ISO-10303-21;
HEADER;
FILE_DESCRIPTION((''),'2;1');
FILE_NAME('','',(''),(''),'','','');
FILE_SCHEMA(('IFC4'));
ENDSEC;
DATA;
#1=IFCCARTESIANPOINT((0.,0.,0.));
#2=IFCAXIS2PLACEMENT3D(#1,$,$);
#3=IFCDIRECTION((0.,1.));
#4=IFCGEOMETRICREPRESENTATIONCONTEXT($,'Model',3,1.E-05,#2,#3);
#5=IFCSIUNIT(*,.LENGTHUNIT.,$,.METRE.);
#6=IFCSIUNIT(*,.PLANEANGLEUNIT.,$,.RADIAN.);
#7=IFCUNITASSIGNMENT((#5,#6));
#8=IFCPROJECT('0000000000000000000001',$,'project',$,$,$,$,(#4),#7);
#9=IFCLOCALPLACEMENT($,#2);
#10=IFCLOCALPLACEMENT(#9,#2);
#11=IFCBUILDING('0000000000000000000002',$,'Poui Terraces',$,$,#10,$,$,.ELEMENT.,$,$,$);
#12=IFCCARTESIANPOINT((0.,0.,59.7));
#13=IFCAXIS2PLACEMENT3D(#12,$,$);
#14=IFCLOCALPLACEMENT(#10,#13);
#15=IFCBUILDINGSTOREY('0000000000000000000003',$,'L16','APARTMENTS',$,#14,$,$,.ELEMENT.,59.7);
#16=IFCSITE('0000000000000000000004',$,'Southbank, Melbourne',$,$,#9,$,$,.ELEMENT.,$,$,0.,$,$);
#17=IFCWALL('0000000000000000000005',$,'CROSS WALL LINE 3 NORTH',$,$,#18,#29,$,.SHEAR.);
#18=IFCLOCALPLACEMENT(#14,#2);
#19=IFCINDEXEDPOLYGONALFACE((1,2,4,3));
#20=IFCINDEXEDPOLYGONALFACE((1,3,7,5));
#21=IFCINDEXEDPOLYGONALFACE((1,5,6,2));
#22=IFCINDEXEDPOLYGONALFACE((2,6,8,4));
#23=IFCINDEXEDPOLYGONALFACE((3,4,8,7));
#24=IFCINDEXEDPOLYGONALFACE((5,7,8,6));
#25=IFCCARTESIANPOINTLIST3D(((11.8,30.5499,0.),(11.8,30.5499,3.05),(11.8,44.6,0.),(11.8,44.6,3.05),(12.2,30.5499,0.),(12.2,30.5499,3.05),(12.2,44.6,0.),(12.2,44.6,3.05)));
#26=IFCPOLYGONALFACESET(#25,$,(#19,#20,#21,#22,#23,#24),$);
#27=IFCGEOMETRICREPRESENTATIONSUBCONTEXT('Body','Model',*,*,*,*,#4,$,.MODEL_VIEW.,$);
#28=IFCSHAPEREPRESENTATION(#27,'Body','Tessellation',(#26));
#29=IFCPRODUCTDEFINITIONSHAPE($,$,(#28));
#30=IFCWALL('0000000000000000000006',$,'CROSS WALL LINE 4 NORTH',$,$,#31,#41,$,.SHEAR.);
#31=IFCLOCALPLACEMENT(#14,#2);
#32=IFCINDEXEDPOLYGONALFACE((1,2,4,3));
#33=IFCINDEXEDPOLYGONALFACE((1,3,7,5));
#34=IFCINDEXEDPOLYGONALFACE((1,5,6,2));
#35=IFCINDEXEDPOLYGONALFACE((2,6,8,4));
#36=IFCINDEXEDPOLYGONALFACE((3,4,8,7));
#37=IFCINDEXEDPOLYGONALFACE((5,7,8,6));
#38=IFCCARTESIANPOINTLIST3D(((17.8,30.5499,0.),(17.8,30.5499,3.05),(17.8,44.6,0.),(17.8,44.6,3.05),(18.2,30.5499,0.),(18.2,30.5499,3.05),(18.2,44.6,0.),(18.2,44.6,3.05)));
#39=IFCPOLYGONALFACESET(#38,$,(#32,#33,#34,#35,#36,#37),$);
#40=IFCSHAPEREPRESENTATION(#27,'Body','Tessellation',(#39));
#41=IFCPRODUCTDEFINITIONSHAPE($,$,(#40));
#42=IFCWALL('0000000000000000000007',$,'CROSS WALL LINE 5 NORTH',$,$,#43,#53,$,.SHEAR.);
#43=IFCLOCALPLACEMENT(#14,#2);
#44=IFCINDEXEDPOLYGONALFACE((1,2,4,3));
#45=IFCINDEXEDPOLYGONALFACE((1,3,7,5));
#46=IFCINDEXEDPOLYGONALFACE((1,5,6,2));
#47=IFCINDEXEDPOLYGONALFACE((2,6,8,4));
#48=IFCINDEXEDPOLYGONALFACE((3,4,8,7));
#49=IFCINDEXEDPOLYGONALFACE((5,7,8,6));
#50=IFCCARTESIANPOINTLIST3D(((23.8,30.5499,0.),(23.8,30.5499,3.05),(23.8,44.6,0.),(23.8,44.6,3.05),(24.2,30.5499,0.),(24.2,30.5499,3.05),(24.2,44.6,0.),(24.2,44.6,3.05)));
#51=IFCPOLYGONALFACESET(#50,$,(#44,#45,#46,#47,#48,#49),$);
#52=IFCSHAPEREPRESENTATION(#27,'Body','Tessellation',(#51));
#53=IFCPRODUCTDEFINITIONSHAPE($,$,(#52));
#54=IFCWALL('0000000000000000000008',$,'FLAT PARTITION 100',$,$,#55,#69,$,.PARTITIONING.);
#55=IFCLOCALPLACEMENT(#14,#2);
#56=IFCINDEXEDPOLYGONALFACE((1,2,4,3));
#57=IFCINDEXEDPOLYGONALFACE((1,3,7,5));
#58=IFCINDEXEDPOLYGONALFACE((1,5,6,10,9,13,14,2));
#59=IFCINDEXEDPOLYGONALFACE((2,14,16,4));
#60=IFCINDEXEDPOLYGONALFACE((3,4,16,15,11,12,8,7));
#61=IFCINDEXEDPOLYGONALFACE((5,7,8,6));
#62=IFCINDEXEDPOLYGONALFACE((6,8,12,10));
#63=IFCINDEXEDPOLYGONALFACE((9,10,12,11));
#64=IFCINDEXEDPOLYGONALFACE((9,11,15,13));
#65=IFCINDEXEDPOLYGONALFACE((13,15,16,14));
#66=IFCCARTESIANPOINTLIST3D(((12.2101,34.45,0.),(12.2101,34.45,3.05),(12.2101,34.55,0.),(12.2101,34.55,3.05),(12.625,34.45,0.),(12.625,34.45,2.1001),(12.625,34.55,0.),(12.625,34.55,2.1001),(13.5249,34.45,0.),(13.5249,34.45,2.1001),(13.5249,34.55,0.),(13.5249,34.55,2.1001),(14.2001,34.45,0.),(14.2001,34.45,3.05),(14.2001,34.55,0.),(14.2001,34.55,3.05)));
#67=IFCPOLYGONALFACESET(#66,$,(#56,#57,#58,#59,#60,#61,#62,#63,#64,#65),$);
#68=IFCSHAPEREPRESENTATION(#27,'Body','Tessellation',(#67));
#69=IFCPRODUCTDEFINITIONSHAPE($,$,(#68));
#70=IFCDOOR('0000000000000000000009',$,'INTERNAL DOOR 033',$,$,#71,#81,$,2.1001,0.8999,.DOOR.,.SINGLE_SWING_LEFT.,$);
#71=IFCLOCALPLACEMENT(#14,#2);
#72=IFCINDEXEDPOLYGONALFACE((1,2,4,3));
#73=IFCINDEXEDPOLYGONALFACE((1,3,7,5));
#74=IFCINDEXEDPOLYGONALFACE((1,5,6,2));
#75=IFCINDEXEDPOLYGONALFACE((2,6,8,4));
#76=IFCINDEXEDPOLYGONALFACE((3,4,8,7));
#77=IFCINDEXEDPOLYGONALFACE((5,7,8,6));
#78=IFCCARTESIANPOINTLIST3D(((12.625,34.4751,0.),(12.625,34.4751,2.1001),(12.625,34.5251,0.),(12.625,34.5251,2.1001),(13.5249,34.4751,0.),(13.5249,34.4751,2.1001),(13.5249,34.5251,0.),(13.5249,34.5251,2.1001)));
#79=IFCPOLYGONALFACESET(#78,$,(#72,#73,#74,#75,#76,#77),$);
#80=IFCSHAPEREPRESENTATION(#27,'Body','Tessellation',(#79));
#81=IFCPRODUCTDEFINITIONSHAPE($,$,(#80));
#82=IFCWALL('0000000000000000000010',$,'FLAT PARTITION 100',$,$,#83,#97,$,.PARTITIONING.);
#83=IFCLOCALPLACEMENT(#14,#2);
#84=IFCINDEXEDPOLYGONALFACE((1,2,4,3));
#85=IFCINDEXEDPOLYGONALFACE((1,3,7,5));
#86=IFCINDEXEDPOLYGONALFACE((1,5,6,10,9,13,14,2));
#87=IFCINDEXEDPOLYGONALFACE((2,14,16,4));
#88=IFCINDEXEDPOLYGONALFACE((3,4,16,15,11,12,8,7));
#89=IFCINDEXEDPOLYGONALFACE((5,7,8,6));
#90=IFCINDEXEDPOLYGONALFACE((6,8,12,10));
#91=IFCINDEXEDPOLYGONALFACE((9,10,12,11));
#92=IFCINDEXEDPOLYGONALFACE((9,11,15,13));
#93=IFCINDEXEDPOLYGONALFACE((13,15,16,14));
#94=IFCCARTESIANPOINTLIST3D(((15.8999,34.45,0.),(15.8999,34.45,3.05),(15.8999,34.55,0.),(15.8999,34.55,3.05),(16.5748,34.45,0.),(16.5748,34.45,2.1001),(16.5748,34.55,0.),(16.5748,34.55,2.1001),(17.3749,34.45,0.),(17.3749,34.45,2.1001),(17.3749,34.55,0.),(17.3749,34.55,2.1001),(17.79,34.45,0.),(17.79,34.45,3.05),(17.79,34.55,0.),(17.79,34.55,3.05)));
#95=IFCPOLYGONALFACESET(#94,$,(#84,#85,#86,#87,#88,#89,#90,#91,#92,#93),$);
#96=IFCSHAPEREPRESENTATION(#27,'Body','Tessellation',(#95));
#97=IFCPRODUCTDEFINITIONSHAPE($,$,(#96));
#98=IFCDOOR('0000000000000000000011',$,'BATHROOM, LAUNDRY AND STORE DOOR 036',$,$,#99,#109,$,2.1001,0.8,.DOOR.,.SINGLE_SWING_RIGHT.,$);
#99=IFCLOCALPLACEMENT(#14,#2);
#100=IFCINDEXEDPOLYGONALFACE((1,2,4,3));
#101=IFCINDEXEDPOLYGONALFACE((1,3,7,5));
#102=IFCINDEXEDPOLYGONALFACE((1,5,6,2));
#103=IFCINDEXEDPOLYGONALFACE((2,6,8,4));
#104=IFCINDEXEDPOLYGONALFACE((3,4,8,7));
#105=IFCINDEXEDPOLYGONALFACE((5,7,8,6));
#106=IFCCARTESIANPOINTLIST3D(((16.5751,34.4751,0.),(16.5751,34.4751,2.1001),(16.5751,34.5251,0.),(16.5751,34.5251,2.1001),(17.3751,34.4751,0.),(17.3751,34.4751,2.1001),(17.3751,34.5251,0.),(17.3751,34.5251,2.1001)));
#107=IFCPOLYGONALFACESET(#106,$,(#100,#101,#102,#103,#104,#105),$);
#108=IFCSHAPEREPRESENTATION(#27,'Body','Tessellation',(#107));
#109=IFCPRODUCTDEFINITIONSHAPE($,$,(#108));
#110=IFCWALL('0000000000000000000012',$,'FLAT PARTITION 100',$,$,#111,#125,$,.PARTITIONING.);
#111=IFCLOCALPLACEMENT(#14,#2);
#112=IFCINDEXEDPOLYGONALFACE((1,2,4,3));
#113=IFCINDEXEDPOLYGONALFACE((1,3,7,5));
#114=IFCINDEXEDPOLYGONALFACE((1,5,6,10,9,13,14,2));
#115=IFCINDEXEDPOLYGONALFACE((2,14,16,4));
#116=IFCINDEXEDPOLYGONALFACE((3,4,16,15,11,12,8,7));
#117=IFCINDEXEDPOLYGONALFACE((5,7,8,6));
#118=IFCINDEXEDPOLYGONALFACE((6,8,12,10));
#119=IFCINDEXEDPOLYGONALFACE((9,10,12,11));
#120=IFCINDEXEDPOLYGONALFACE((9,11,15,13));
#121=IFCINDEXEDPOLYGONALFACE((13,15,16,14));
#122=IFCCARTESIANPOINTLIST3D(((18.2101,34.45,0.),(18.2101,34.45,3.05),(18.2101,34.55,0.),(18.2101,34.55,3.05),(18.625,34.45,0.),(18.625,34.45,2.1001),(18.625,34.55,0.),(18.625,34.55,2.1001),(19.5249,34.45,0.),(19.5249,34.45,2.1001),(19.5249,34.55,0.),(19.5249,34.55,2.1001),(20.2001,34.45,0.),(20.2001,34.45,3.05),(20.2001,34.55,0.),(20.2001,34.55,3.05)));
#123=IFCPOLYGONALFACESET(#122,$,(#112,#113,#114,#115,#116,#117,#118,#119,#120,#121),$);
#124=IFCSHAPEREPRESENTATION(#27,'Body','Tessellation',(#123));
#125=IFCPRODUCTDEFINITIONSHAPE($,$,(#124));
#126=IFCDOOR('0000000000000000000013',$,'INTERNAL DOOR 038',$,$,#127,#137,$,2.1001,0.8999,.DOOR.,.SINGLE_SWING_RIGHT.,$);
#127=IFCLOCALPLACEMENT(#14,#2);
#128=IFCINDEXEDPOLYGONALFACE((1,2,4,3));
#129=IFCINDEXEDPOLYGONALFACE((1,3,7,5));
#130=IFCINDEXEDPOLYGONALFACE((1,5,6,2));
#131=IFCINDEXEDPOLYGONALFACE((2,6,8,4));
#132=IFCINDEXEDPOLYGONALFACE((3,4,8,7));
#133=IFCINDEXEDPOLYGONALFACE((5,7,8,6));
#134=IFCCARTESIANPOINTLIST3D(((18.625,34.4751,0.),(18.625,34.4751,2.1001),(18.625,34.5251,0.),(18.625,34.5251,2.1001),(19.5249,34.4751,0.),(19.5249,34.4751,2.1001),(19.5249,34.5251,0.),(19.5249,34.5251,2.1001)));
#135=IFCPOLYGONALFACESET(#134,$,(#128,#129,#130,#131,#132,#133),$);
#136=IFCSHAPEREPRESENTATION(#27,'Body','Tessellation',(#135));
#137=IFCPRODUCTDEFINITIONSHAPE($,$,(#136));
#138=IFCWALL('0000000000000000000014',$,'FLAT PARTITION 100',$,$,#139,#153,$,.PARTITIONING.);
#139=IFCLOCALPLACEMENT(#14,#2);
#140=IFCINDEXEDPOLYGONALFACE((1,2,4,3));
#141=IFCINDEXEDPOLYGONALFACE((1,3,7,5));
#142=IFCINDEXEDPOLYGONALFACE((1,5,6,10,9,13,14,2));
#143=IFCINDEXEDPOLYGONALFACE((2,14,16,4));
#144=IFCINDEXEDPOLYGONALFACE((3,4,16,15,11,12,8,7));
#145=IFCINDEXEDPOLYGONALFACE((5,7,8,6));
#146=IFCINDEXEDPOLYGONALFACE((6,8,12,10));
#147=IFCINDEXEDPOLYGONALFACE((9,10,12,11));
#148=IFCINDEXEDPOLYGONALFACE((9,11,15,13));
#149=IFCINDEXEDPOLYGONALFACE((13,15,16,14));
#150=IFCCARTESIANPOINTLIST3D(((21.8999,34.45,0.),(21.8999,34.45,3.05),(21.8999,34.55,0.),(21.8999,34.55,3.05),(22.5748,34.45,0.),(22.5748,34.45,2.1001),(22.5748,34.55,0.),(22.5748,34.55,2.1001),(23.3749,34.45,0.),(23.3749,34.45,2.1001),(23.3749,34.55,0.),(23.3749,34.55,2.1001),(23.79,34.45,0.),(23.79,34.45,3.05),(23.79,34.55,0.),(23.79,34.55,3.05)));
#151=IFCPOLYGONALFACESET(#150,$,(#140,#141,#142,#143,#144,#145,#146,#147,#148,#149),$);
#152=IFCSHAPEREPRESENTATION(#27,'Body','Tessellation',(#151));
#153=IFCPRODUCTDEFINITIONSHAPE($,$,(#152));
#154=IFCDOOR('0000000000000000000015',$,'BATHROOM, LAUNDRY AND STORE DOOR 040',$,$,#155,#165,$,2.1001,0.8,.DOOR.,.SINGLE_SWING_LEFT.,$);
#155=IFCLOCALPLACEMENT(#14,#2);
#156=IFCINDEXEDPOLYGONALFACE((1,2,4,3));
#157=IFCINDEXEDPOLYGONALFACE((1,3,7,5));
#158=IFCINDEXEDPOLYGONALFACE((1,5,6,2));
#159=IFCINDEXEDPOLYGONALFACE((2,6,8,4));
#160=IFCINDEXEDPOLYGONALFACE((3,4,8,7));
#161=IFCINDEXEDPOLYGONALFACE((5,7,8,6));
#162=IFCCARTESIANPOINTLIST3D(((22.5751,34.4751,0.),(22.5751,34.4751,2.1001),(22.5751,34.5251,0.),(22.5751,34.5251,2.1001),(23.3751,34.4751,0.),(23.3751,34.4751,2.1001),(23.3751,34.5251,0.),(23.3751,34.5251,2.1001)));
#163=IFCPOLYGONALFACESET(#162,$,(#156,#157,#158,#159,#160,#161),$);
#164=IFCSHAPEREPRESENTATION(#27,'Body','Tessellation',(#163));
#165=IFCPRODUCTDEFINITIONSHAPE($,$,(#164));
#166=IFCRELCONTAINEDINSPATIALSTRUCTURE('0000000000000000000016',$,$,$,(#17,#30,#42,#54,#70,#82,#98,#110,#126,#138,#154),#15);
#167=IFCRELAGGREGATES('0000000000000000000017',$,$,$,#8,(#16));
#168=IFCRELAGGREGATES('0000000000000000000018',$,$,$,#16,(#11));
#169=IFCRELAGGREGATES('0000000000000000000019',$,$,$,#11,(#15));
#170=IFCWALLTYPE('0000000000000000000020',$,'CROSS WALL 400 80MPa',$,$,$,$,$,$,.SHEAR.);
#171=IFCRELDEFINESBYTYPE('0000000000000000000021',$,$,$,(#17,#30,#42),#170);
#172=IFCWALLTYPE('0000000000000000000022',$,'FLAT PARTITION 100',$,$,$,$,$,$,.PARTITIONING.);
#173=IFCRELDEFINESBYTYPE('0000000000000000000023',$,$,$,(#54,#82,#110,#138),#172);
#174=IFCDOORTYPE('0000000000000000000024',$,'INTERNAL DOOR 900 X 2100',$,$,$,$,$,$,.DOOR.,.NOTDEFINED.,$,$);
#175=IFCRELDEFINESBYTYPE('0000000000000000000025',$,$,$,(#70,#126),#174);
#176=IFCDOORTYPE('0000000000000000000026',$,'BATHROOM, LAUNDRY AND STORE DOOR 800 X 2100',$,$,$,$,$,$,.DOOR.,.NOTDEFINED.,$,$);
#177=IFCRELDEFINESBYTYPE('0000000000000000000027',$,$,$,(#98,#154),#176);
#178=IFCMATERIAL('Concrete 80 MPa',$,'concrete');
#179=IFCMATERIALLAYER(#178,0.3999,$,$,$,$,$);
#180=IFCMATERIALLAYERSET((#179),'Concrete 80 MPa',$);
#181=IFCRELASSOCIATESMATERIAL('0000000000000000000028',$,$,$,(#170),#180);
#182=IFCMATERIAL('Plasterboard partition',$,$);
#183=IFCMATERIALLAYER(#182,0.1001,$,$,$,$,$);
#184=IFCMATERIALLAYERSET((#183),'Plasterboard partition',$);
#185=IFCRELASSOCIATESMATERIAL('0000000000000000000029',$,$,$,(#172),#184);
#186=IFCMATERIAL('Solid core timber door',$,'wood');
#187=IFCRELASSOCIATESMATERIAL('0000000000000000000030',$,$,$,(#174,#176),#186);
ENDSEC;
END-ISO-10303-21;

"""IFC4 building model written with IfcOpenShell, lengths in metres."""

from ifc_helpers import new_model, si_unit, direction, frame, frame_2d, origin, place, context, subcontext, project, spatial, rectangle, extrude, material, layer, layer_set, type_object, element, fill, save


model = new_model("IFC4")

# Units and contexts
model_context = context("Model", 3, precision=1e-05, world=origin(), true_north=direction((0.0, 1.0)))
body_context = subcontext(model_context, "Body", "Model", "MODEL_VIEW")
ifc_project = project(units=[si_unit("LENGTHUNIT", "METRE"), si_unit("PLANEANGLEUNIT", "RADIAN")], contexts=[model_context])

# Site, building, storey
site_placement = place(None, origin())
site = spatial("IfcSite", under=ifc_project, at=site_placement, Name="Southbank, Melbourne", CompositionType="ELEMENT", RefElevation=0.0)
building_placement = place(site_placement, origin())
building = spatial("IfcBuilding", under=site, at=building_placement, Name="Poui Terraces", CompositionType="ELEMENT")
storey_placement = place(building_placement, frame((0.0, 0.0, 59.7)))
storey = spatial("IfcBuildingStorey", under=building, at=storey_placement, Name="L16", Description="APARTMENTS", CompositionType="ELEMENT", Elevation=59.7)

# Walls
ifc_material_1 = material(Name="Concrete 80 MPa", Category="concrete")
ifc_layer_1 = layer(ifc_material_1, 0.3999)
ifc_layer_set_1 = layer_set([ifc_layer_1], Name="Concrete 80 MPa")
wall_type_1 = type_object("IfcWallType", Name="CROSS WALL 400 80MPa", PredefinedType="SHEAR", material=ifc_layer_set_1)
for number, where, z_axis, x_axis, name in (
    (1, (12.0, 30.55, 0.0), (0.0, 0.0, 1.0), (0.0, 1.0, 0.0), "CROSS WALL LINE 3 NORTH"),
    (2, (18.0, 30.55, 0.0), (0.0, 0.0, 1.0), (0.0, 1.0, 0.0), "CROSS WALL LINE 4 NORTH"),
    (3, (24.0, 30.55, 0.0), (0.0, 0.0, 1.0), (0.0, 1.0, 0.0), "CROSS WALL LINE 5 NORTH"),
):
    element("IfcWall", number, at=place(storey_placement, frame(where, z_axis=z_axis, x_axis=x_axis)), inside=storey, type_object=wall_type_1, Name=name, PredefinedType="SHEAR", context=body_context, shape_type="SweptSolid", body=[
        extrude(rectangle(XDim=14.05, YDim=0.3999, at=frame_2d((7.0249, 0.0))), origin(), (0.0, 0.0, 1.0), 3.05),
    ])

# Walls, openings, doors
ifc_material_2 = material(Name="Plasterboard partition")
ifc_layer_2 = layer(ifc_material_2, 0.1001)
ifc_layer_set_2 = layer_set([ifc_layer_2], Name="Plasterboard partition")
wall_type_2 = type_object("IfcWallType", Name="FLAT PARTITION 100", PredefinedType="PARTITIONING", material=ifc_layer_set_2)
wall_1_placement = place(storey_placement, frame((12.21, 34.5, 0.0), z_axis=(0.0, 0.0, 1.0), x_axis=(1.0, 0.0, 0.0)))
wall_1 = element("IfcWall", 4, at=wall_1_placement, inside=storey, type_object=wall_type_2, Name="FLAT PARTITION 100", PredefinedType="PARTITIONING", context=body_context, shape_type="SweptSolid", body=[
    extrude(rectangle(XDim=1.99, YDim=0.1001, at=frame_2d((0.9951, 0.0))), origin(), (0.0, 0.0, 1.0), 3.05),
])
opening_1_placement = place(wall_1_placement, frame((0.415, 0.0, 0.0)))
opening_1 = element("IfcOpeningElement", 5, at=opening_1_placement, cuts=wall_1, PredefinedType="OPENING", context=body_context, shape_type="SweptSolid", body=[
    extrude(rectangle(XDim=0.8999, YDim=2.1001, at=frame_2d((0.45, 1.05))), frame((0.0, 0.0601, 0.0), z_axis=(0.0, -1.0, 0.0), x_axis=(1.0, 0.0, 0.0)), (0.0, 0.0, 1.0), 0.1201),
])
ifc_material_3 = material(Name="Solid core timber door", Category="wood")
door_type_1 = type_object("IfcDoorType", Name="INTERNAL DOOR 900 X 2100", OperationType="NOTDEFINED", PredefinedType="DOOR", material=ifc_material_3)
door_1_placement = place(opening_1_placement, frame((0.8999, 0.0, 0.0), z_axis=(0.0, 0.0, 1.0), x_axis=(-1.0, 0.0, 0.0)))
door_1 = element("IfcDoor", 6, at=door_1_placement, inside=storey, type_object=door_type_1, Name="INTERNAL DOOR 033", OperationType="SINGLE_SWING_LEFT", OverallHeight=2.1001, OverallWidth=0.8999, PredefinedType="DOOR", context=body_context, shape_type="SweptSolid", body=[
    extrude(rectangle(XDim=0.8999, YDim=2.1001, at=frame_2d((0.45, 1.05))), frame((0.0, 0.0249, 0.0), z_axis=(0.0, -1.0, 0.0), x_axis=(1.0, 0.0, 0.0)), (0.0, 0.0, 1.0), 0.05),
])
fill(opening_1, door_1)
wall_2_placement = place(storey_placement, frame((15.8999, 34.5, 0.0), z_axis=(0.0, 0.0, 1.0), x_axis=(1.0, 0.0, 0.0)))
wall_2 = element("IfcWall", 7, at=wall_2_placement, inside=storey, type_object=wall_type_2, Name="FLAT PARTITION 100", PredefinedType="PARTITIONING", context=body_context, shape_type="SweptSolid", body=[
    extrude(rectangle(XDim=1.8901, YDim=0.1001, at=frame_2d((0.9451, 0.0))), origin(), (0.0, 0.0, 1.0), 3.05),
])
opening_2_placement = place(wall_2_placement, frame((0.675, 0.0, 0.0)))
opening_2 = element("IfcOpeningElement", 8, at=opening_2_placement, cuts=wall_2, PredefinedType="OPENING", context=body_context, shape_type="SweptSolid", body=[
    extrude(rectangle(XDim=0.8, YDim=2.1001, at=frame_2d((0.3999, 1.05))), frame((0.0, 0.0601, 0.0), z_axis=(0.0, -1.0, 0.0), x_axis=(1.0, 0.0, 0.0)), (0.0, 0.0, 1.0), 0.1201),
])
door_type_2 = type_object("IfcDoorType", Name="BATHROOM, LAUNDRY AND STORE DOOR 800 X 2100", OperationType="NOTDEFINED", PredefinedType="DOOR", material=ifc_material_3)
door_2_placement = place(opening_2_placement, frame((0.8, 0.0, 0.0), z_axis=(0.0, 0.0, 1.0), x_axis=(-1.0, 0.0, 0.0)))
door_2 = element("IfcDoor", 9, at=door_2_placement, inside=storey, type_object=door_type_2, Name="BATHROOM, LAUNDRY AND STORE DOOR 036", OperationType="SINGLE_SWING_RIGHT", OverallHeight=2.1001, OverallWidth=0.8, PredefinedType="DOOR", context=body_context, shape_type="SweptSolid", body=[
    extrude(rectangle(XDim=0.8, YDim=2.1001, at=frame_2d((0.3999, 1.05))), frame((0.0, 0.0249, 0.0), z_axis=(0.0, -1.0, 0.0), x_axis=(1.0, 0.0, 0.0)), (0.0, 0.0, 1.0), 0.05),
])
fill(opening_2, door_2)
wall_3_placement = place(storey_placement, frame((18.21, 34.5, 0.0), z_axis=(0.0, 0.0, 1.0), x_axis=(1.0, 0.0, 0.0)))
wall_3 = element("IfcWall", 10, at=wall_3_placement, inside=storey, type_object=wall_type_2, Name="FLAT PARTITION 100", PredefinedType="PARTITIONING", context=body_context, shape_type="SweptSolid", body=[
    extrude(rectangle(XDim=1.99, YDim=0.1001, at=frame_2d((0.9951, 0.0))), origin(), (0.0, 0.0, 1.0), 3.05),
])
opening_3_placement = place(wall_3_placement, frame((0.415, 0.0, 0.0)))
opening_3 = element("IfcOpeningElement", 11, at=opening_3_placement, cuts=wall_3, PredefinedType="OPENING", context=body_context, shape_type="SweptSolid", body=[
    extrude(rectangle(XDim=0.8999, YDim=2.1001, at=frame_2d((0.45, 1.05))), frame((0.0, 0.0601, 0.0), z_axis=(0.0, -1.0, 0.0), x_axis=(1.0, 0.0, 0.0)), (0.0, 0.0, 1.0), 0.1201),
])
door_3_placement = place(opening_3_placement, frame((0.8999, 0.0, 0.0), z_axis=(0.0, 0.0, 1.0), x_axis=(-1.0, 0.0, 0.0)))
door_3 = element("IfcDoor", 12, at=door_3_placement, inside=storey, type_object=door_type_1, Name="INTERNAL DOOR 038", OperationType="SINGLE_SWING_RIGHT", OverallHeight=2.1001, OverallWidth=0.8999, PredefinedType="DOOR", context=body_context, shape_type="SweptSolid", body=[
    extrude(rectangle(XDim=0.8999, YDim=2.1001, at=frame_2d((0.45, 1.05))), frame((0.0, 0.0249, 0.0), z_axis=(0.0, -1.0, 0.0), x_axis=(1.0, 0.0, 0.0)), (0.0, 0.0, 1.0), 0.05),
])
fill(opening_3, door_3)
wall_4_placement = place(storey_placement, frame((21.8999, 34.5, 0.0), z_axis=(0.0, 0.0, 1.0), x_axis=(1.0, 0.0, 0.0)))
wall_4 = element("IfcWall", 13, at=wall_4_placement, inside=storey, type_object=wall_type_2, Name="FLAT PARTITION 100", PredefinedType="PARTITIONING", context=body_context, shape_type="SweptSolid", body=[
    extrude(rectangle(XDim=1.8901, YDim=0.1001, at=frame_2d((0.9451, 0.0))), origin(), (0.0, 0.0, 1.0), 3.05),
])
opening_4_placement = place(wall_4_placement, frame((0.675, 0.0, 0.0)))
opening_4 = element("IfcOpeningElement", 14, at=opening_4_placement, cuts=wall_4, PredefinedType="OPENING", context=body_context, shape_type="SweptSolid", body=[
    extrude(rectangle(XDim=0.8, YDim=2.1001, at=frame_2d((0.3999, 1.05))), frame((0.0, 0.0601, 0.0), z_axis=(0.0, -1.0, 0.0), x_axis=(1.0, 0.0, 0.0)), (0.0, 0.0, 1.0), 0.1201),
])
door_4_placement = place(opening_4_placement, frame((0.8, 0.0, 0.0), z_axis=(0.0, 0.0, 1.0), x_axis=(-1.0, 0.0, 0.0)))
door_4 = element("IfcDoor", 15, at=door_4_placement, inside=storey, type_object=door_type_2, Name="BATHROOM, LAUNDRY AND STORE DOOR 040", OperationType="SINGLE_SWING_LEFT", OverallHeight=2.1001, OverallWidth=0.8, PredefinedType="DOOR", context=body_context, shape_type="SweptSolid", body=[
    extrude(rectangle(XDim=0.8, YDim=2.1001, at=frame_2d((0.3999, 1.05))), frame((0.0, 0.0249, 0.0), z_axis=(0.0, -1.0, 0.0), x_axis=(1.0, 0.0, 0.0)), (0.0, 0.0, 1.0), 0.05),
])
fill(opening_4, door_4)

save(model, "model.ifc")
